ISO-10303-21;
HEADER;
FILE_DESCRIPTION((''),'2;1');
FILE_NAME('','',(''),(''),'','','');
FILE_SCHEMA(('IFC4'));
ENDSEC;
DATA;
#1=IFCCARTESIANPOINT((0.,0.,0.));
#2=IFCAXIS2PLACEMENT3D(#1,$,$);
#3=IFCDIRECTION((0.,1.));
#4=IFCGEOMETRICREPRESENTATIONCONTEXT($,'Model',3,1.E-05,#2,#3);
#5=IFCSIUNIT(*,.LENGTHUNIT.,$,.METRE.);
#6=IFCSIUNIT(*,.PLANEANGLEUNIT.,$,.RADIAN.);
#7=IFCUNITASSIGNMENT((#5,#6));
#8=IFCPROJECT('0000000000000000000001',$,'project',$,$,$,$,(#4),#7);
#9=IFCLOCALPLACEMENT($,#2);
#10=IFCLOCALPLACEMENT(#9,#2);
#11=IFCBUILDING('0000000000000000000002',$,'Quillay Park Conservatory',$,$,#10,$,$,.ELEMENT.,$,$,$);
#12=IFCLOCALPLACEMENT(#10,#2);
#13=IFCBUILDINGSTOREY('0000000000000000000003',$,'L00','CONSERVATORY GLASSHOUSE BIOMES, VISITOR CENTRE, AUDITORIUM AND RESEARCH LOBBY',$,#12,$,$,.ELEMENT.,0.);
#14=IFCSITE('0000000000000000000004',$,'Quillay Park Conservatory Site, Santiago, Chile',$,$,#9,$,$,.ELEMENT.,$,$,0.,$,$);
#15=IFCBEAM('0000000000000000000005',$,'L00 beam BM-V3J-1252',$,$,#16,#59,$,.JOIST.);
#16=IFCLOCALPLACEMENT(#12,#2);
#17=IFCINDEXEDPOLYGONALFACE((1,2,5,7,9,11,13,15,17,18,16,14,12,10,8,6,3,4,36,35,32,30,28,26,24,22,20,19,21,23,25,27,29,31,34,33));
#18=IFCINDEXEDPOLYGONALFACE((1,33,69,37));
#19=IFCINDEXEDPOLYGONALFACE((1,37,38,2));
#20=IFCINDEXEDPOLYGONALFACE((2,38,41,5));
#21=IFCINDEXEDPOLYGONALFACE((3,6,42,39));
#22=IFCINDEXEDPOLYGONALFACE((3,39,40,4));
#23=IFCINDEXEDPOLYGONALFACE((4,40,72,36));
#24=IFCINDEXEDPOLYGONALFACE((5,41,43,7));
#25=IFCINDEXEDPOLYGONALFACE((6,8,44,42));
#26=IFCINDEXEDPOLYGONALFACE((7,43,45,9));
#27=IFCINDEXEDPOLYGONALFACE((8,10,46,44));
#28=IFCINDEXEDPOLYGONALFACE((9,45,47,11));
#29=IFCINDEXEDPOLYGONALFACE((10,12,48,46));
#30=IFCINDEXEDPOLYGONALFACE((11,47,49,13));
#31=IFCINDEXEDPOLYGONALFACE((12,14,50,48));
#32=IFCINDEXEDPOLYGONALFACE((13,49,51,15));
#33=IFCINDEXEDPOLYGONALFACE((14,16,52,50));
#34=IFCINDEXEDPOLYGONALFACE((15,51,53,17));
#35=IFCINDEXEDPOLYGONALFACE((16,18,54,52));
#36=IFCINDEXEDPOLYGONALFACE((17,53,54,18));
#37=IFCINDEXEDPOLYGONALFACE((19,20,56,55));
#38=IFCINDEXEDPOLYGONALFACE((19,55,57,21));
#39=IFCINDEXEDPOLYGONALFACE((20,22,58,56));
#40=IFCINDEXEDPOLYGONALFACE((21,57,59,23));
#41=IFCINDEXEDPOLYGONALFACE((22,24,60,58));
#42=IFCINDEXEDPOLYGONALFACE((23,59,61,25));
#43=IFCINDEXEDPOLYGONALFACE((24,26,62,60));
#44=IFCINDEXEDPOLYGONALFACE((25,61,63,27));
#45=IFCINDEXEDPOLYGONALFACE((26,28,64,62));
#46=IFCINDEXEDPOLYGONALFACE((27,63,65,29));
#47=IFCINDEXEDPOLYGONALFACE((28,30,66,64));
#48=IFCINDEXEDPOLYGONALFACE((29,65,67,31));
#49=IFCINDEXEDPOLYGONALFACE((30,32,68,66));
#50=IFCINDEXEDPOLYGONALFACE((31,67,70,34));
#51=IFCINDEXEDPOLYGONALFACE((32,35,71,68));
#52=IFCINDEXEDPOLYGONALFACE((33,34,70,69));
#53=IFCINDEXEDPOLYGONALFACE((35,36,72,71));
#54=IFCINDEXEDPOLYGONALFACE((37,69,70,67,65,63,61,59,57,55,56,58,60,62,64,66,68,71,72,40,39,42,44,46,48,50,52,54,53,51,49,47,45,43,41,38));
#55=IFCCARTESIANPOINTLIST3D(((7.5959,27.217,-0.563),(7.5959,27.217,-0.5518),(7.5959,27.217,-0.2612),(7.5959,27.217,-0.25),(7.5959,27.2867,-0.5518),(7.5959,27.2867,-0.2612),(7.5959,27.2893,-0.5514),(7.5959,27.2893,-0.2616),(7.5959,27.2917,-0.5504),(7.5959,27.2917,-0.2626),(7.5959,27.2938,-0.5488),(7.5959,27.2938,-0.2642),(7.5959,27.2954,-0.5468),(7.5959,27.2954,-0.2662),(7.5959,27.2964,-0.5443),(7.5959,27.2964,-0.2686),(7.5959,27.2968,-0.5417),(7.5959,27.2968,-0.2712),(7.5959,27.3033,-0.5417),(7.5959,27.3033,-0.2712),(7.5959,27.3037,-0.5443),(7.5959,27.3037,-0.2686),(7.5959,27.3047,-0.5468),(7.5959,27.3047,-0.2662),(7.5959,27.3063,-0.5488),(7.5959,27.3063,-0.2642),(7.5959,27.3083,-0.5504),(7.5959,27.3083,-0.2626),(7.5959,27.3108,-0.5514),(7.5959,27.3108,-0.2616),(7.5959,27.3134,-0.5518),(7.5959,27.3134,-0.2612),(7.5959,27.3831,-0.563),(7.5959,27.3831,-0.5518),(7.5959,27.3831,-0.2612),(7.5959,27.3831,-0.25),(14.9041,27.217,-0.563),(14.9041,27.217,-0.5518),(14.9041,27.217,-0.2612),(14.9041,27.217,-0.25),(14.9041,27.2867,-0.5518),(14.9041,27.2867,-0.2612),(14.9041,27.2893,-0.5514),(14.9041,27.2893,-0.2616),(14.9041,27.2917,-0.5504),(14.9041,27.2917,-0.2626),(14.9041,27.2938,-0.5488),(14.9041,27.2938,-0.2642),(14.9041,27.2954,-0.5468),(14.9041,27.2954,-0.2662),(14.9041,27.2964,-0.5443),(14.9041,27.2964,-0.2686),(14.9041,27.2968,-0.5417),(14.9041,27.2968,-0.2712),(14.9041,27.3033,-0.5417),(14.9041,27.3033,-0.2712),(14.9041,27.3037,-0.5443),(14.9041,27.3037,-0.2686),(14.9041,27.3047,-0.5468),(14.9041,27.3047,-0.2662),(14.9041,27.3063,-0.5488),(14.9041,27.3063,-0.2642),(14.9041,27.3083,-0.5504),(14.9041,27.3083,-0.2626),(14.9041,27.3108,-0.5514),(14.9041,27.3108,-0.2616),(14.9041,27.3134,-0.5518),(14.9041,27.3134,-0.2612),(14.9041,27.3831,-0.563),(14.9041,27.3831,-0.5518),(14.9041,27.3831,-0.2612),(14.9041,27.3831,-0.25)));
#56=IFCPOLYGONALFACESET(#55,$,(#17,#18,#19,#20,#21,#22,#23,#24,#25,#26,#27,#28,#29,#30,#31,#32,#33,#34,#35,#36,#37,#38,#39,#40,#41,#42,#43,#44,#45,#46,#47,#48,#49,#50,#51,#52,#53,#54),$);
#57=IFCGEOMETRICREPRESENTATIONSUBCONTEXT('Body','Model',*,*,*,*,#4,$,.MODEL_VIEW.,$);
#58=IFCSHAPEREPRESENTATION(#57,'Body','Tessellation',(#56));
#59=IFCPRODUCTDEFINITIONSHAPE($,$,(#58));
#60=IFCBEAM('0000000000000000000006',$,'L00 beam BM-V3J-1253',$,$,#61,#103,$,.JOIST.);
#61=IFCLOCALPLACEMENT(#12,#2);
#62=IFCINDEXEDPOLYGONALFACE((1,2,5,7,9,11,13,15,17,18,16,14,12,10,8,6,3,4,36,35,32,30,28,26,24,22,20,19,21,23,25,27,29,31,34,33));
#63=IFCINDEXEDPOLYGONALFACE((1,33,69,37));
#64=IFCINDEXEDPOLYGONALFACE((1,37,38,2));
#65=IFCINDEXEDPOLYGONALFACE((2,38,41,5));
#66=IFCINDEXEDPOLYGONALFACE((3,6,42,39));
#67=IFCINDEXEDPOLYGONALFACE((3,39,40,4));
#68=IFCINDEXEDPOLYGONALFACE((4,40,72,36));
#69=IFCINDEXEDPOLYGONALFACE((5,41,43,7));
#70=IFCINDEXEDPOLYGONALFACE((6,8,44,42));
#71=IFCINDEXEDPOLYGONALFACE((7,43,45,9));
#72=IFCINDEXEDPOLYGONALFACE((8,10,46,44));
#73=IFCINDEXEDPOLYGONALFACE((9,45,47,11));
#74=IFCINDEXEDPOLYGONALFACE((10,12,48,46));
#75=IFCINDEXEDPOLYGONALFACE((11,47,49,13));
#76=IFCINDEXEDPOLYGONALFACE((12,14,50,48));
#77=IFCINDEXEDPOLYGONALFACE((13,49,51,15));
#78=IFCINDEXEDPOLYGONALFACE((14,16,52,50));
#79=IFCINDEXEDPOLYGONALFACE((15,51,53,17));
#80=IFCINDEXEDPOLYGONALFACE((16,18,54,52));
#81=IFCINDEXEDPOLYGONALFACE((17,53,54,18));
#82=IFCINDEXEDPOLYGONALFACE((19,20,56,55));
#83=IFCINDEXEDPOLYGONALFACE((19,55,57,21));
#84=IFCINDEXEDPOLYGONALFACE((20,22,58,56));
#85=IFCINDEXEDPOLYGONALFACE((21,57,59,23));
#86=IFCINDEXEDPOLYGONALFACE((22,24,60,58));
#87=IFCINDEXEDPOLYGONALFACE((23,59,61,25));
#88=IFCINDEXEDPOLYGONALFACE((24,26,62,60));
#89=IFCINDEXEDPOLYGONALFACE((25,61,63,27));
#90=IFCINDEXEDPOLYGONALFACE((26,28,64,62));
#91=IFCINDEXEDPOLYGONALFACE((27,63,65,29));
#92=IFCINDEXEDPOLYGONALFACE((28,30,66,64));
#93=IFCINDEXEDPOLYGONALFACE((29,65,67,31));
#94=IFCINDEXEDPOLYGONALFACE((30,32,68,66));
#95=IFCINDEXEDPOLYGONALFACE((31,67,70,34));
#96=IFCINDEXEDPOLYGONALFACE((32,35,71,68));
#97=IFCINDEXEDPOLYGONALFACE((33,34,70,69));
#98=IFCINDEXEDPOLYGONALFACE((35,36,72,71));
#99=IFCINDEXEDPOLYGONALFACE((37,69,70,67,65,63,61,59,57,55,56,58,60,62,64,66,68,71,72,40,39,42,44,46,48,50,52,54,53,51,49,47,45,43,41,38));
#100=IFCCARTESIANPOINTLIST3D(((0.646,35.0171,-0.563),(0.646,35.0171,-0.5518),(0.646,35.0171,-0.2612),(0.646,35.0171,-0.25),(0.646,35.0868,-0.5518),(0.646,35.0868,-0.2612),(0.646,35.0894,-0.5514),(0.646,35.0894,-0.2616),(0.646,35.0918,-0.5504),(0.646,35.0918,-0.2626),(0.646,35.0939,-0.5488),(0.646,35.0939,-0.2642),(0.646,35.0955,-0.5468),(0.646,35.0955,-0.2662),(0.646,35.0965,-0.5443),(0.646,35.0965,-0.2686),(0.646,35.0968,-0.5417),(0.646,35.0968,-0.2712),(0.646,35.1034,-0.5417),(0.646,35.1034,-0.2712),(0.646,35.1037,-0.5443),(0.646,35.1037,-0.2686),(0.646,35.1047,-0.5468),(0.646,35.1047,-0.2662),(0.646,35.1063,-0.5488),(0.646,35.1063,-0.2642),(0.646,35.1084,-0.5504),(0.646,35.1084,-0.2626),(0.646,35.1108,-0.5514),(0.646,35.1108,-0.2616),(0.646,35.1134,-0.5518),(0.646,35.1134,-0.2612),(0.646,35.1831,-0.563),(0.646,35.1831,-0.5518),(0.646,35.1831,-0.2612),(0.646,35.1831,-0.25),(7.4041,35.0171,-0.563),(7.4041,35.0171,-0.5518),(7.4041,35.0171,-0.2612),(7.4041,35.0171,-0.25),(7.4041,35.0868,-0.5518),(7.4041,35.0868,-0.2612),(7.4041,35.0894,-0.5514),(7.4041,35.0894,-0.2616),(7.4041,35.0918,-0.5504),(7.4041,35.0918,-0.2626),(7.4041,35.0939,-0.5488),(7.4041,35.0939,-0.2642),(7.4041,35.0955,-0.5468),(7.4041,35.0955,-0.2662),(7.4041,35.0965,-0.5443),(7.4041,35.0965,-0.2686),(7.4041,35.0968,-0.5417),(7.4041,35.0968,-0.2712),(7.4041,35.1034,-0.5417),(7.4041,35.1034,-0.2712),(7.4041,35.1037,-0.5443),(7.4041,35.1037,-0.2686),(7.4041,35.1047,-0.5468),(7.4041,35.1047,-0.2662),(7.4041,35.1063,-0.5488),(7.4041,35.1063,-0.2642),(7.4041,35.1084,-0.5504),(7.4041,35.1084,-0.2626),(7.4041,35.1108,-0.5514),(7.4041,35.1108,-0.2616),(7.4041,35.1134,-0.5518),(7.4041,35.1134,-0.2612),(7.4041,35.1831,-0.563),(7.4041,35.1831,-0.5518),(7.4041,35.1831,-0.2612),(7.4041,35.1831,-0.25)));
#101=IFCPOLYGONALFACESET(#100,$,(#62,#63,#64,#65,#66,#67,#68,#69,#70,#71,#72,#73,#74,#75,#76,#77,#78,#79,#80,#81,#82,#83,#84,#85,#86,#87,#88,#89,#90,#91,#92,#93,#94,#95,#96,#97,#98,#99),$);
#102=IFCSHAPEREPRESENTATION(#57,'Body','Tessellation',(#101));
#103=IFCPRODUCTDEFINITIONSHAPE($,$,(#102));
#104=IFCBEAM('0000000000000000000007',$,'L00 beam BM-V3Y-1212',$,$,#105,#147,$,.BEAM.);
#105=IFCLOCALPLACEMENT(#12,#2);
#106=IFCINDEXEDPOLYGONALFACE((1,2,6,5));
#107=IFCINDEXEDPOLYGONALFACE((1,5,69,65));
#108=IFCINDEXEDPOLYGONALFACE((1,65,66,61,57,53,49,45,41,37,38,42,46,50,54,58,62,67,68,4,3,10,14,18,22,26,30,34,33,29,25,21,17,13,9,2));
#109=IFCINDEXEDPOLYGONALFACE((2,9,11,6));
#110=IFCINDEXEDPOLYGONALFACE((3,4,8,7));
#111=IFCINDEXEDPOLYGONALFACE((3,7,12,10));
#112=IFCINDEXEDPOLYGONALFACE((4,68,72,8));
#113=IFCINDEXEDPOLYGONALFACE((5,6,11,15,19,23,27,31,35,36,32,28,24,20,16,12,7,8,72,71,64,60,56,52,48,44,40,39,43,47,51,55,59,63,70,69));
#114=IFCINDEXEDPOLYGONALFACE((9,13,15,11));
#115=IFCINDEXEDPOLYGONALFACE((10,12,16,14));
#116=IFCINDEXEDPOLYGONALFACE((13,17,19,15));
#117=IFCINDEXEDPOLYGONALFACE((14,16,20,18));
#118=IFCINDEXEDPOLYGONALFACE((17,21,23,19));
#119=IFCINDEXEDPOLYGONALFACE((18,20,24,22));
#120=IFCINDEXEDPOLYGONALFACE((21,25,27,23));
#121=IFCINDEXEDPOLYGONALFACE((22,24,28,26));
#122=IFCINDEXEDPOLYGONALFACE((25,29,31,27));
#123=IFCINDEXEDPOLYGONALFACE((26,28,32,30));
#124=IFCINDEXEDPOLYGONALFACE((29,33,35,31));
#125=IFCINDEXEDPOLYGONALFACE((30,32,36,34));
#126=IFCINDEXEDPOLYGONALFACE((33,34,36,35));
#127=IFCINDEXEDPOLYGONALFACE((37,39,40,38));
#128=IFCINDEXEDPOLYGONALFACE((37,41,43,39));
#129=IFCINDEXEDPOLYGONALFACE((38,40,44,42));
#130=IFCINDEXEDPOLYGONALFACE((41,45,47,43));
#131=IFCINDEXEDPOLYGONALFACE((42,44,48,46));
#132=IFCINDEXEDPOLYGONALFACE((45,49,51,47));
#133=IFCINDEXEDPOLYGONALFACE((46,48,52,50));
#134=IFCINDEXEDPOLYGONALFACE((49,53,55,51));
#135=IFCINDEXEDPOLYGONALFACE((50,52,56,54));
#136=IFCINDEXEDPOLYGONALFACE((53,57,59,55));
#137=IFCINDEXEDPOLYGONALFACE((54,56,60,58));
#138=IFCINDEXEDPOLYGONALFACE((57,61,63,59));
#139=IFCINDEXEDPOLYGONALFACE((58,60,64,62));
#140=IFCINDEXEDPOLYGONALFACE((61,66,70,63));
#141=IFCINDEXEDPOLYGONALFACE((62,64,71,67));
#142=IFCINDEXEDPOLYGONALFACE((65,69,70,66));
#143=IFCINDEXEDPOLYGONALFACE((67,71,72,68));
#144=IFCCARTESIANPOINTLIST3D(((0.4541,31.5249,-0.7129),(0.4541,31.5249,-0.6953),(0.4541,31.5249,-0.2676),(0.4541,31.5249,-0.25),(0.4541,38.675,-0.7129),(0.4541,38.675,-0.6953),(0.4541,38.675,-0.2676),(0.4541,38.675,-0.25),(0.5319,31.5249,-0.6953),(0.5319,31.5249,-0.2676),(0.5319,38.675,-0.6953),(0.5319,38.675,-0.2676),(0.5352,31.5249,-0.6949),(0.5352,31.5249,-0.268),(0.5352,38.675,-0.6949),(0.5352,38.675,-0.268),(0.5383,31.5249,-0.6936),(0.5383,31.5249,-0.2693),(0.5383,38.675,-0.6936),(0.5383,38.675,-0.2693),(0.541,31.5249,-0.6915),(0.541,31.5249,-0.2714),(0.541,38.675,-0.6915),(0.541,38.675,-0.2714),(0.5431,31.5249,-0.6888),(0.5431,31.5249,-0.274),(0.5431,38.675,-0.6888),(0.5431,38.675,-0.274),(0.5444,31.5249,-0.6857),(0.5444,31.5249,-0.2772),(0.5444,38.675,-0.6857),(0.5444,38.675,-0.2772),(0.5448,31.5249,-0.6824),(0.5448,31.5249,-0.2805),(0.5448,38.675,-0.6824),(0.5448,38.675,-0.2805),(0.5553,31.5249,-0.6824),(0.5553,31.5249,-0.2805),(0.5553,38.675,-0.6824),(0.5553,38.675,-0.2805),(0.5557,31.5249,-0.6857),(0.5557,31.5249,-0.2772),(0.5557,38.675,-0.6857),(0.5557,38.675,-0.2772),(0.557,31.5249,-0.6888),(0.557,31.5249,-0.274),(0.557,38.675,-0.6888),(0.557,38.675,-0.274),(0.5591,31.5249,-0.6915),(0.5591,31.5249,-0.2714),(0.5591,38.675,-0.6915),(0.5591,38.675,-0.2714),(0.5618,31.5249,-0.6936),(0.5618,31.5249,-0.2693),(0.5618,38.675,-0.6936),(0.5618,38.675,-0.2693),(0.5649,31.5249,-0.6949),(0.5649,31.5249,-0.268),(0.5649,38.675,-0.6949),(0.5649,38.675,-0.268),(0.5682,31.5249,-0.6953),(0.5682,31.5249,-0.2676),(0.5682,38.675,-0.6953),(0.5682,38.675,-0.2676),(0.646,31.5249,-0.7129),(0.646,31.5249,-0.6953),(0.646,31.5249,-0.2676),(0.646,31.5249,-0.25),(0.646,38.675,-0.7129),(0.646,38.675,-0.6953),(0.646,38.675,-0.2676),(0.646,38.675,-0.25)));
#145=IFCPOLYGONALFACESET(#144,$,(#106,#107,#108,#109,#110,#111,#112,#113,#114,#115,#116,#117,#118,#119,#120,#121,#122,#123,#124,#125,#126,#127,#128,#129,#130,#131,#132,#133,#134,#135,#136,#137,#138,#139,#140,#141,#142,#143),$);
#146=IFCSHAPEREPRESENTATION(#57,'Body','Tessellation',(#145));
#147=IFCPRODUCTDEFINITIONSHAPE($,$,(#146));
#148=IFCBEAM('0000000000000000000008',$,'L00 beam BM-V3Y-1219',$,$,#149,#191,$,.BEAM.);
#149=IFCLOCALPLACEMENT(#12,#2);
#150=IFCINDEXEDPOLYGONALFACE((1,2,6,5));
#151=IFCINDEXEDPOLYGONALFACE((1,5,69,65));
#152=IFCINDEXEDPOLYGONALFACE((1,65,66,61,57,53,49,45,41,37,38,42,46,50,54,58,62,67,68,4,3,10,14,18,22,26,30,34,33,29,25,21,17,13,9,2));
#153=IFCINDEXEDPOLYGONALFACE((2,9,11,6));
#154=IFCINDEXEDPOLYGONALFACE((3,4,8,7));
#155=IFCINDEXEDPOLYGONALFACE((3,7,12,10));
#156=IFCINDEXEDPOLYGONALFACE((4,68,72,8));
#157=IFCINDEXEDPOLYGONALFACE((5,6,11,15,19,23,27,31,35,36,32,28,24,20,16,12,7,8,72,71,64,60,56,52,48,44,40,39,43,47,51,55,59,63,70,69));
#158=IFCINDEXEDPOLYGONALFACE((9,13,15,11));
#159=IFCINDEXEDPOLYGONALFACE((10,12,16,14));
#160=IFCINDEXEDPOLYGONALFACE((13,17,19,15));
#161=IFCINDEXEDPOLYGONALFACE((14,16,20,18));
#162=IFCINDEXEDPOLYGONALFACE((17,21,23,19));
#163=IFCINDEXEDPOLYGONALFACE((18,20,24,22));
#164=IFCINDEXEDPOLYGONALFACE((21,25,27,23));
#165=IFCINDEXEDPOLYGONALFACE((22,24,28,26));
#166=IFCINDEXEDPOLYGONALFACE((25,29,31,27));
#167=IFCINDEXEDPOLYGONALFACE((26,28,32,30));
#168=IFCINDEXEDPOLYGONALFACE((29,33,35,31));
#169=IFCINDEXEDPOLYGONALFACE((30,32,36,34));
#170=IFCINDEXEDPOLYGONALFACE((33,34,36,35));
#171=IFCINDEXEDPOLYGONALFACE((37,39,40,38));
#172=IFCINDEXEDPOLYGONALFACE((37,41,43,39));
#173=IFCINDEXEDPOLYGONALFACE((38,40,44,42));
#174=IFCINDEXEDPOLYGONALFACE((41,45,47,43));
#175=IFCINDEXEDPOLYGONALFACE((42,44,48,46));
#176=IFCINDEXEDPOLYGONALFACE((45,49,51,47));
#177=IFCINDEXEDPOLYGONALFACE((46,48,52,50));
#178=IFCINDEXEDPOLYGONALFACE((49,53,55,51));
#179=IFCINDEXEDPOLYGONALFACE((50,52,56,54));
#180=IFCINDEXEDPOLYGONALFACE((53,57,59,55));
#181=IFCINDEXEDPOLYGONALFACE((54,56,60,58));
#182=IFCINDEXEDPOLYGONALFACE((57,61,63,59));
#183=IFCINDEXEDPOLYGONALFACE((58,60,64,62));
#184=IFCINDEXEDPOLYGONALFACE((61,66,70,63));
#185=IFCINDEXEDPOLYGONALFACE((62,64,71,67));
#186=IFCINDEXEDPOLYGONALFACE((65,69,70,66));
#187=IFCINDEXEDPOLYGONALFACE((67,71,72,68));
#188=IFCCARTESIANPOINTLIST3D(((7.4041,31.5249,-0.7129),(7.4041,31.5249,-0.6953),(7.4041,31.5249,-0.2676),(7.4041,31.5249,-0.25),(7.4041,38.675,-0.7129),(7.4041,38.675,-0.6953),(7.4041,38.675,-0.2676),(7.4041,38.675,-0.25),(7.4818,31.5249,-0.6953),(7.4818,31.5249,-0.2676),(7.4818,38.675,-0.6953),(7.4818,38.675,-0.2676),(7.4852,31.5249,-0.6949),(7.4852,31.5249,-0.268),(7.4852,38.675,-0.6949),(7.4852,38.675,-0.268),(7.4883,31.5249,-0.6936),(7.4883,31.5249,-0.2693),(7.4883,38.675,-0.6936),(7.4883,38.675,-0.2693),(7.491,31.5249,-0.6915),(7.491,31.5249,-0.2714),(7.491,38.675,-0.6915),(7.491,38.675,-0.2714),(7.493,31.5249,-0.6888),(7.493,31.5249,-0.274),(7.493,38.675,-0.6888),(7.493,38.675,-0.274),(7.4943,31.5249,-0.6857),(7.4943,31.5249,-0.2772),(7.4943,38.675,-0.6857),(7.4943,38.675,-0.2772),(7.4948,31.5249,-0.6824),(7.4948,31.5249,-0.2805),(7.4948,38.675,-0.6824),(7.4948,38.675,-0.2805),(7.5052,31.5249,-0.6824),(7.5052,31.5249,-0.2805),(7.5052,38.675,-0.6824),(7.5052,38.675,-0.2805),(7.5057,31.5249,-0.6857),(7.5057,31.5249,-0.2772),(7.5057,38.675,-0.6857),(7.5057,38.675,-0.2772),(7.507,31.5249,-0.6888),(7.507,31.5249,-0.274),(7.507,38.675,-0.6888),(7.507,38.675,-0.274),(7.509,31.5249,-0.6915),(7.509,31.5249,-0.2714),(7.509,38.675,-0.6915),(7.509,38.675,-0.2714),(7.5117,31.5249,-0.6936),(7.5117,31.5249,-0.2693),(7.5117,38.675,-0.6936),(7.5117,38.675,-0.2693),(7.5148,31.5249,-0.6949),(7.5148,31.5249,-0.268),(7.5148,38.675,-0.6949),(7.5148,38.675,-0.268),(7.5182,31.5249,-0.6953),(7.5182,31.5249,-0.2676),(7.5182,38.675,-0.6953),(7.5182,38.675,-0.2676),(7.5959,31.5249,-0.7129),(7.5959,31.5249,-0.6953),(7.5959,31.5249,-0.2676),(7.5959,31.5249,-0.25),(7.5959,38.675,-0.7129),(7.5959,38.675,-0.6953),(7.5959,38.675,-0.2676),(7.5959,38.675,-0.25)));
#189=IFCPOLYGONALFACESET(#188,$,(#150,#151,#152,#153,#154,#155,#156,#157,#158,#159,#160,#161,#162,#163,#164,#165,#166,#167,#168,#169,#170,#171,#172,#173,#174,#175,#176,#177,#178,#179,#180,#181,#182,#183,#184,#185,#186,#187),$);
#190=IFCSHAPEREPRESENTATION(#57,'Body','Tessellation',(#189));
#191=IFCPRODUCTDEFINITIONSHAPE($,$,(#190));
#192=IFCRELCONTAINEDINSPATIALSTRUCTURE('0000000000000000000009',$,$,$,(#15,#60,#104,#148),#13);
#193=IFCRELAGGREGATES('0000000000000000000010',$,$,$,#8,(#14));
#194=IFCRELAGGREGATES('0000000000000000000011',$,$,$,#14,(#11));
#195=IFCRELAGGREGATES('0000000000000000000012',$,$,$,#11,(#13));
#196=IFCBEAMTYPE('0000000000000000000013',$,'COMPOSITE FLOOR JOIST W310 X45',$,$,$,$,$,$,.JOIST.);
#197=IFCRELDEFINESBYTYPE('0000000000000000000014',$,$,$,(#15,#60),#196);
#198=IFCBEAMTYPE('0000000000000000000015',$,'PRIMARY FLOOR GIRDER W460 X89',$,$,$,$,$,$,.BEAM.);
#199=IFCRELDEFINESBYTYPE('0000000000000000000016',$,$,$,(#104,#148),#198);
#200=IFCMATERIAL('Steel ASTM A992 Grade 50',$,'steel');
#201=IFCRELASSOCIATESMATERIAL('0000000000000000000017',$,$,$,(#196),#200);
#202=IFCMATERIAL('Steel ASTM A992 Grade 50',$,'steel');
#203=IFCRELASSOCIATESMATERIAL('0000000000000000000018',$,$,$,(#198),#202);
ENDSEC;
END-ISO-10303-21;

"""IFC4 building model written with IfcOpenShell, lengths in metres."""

from ifc_helpers import new_model, si_unit, direction, frame, origin, origin_2d, place, context, subcontext, project, spatial, i_section, extrude, material, material_profile, profile_set, type_object, element, save


model = new_model("IFC4")

# Units and contexts
model_context = context("Model", 3, precision=1e-05, world=origin(), true_north=direction((0.0, 1.0)))
body_context = subcontext(model_context, "Body", "Model", "MODEL_VIEW")
ifc_project = project(units=[si_unit("LENGTHUNIT", "METRE"), si_unit("PLANEANGLEUNIT", "RADIAN")], contexts=[model_context])

# Site, building, storey
site_placement = place(None, origin())
site = spatial("IfcSite", under=ifc_project, at=site_placement, Name="Quillay Park Conservatory Site, Santiago, Chile", CompositionType="ELEMENT", RefElevation=0.0)
building_placement = place(site_placement, origin())
building = spatial("IfcBuilding", under=site, at=building_placement, Name="Quillay Park Conservatory", CompositionType="ELEMENT")
storey_placement = place(building_placement, origin())
storey = spatial("IfcBuildingStorey", under=building, at=storey_placement, Name="L00", Description="CONSERVATORY GLASSHOUSE BIOMES, VISITOR CENTRE, AUDITORIUM AND RESEARCH LOBBY", CompositionType="ELEMENT", Elevation=0.0)

# Beams
ifc_material_1 = material(Name="Steel ASTM A992 Grade 50", Category="steel")
ifc_material_profile_1 = material_profile(ifc_material_1, i_section(OverallWidth=0.166, OverallDepth=0.313, WebThickness=0.0066, FlangeThickness=0.0112, FilletRadius=0.01, at=origin_2d()), Name="W310x45")
ifc_profile_set_1 = profile_set([ifc_material_profile_1], Name="Steel ASTM A992 Grade 50")
beam_type_1 = type_object("IfcBeamType", Name="COMPOSITE FLOOR JOIST W310 X45", PredefinedType="JOIST", material=ifc_profile_set_1)
beam_1_placement = place(storey_placement, frame((7.5959, 27.3, -0.4065), z_axis=(1.0, 0.0, 0.0), x_axis=(0.0, 1.0, 0.0)))
element("IfcBeam", 1, at=beam_1_placement, inside=storey, type_object=beam_type_1, Name="L00 beam BM-V3J-1252", PredefinedType="JOIST", context=body_context, shape_type="SweptSolid", body=[
    extrude(i_section(OverallWidth=0.166, OverallDepth=0.313, WebThickness=0.0066, FlangeThickness=0.0112, FilletRadius=0.01, at=origin_2d()), origin(), (0.0, 0.0, 1.0), 7.3081),
])
beam_2_placement = place(storey_placement, frame((0.646, 35.1001, -0.4065), z_axis=(1.0, 0.0, 0.0), x_axis=(0.0, 1.0, 0.0)))
element("IfcBeam", 2, at=beam_2_placement, inside=storey, type_object=beam_type_1, Name="L00 beam BM-V3J-1253", PredefinedType="JOIST", context=body_context, shape_type="SweptSolid", body=[
    extrude(i_section(OverallWidth=0.166, OverallDepth=0.313, WebThickness=0.0066, FlangeThickness=0.0112, FilletRadius=0.01, at=origin_2d()), origin(), (0.0, 0.0, 1.0), 6.7581),
])
ifc_material_2 = material(Name="Steel ASTM A992 Grade 50", Category="steel")
ifc_material_profile_2 = material_profile(ifc_material_2, i_section(OverallWidth=0.1919, OverallDepth=0.4629, WebThickness=0.0105, FlangeThickness=0.0176, FilletRadius=0.0129, at=origin_2d()), Name="W460x89")
ifc_profile_set_2 = profile_set([ifc_material_profile_2], Name="Steel ASTM A992 Grade 50")
beam_type_2 = type_object("IfcBeamType", Name="PRIMARY FLOOR GIRDER W460 X89", PredefinedType="BEAM", material=ifc_profile_set_2)
for number, where, z_axis, x_axis, name in (
    (3, (0.55, 31.5249, -0.4814), (0.0, 1.0, 0.0), (-1.0, 0.0, 0.0), "L00 beam BM-V3Y-1212"),
    (4, (7.5, 31.5249, -0.4814), (0.0, 1.0, 0.0), (-1.0, 0.0, 0.0), "L00 beam BM-V3Y-1219"),
):
    element("IfcBeam", number, at=place(storey_placement, frame(where, z_axis=z_axis, x_axis=x_axis)), inside=storey, type_object=beam_type_2, Name=name, PredefinedType="BEAM", context=body_context, shape_type="SweptSolid", body=[
        extrude(i_section(OverallWidth=0.1919, OverallDepth=0.4629, WebThickness=0.0105, FlangeThickness=0.0176, FilletRadius=0.0129, at=origin_2d()), origin(), (0.0, 0.0, 1.0), 7.1501),
    ])

save(model, "model.ifc")
